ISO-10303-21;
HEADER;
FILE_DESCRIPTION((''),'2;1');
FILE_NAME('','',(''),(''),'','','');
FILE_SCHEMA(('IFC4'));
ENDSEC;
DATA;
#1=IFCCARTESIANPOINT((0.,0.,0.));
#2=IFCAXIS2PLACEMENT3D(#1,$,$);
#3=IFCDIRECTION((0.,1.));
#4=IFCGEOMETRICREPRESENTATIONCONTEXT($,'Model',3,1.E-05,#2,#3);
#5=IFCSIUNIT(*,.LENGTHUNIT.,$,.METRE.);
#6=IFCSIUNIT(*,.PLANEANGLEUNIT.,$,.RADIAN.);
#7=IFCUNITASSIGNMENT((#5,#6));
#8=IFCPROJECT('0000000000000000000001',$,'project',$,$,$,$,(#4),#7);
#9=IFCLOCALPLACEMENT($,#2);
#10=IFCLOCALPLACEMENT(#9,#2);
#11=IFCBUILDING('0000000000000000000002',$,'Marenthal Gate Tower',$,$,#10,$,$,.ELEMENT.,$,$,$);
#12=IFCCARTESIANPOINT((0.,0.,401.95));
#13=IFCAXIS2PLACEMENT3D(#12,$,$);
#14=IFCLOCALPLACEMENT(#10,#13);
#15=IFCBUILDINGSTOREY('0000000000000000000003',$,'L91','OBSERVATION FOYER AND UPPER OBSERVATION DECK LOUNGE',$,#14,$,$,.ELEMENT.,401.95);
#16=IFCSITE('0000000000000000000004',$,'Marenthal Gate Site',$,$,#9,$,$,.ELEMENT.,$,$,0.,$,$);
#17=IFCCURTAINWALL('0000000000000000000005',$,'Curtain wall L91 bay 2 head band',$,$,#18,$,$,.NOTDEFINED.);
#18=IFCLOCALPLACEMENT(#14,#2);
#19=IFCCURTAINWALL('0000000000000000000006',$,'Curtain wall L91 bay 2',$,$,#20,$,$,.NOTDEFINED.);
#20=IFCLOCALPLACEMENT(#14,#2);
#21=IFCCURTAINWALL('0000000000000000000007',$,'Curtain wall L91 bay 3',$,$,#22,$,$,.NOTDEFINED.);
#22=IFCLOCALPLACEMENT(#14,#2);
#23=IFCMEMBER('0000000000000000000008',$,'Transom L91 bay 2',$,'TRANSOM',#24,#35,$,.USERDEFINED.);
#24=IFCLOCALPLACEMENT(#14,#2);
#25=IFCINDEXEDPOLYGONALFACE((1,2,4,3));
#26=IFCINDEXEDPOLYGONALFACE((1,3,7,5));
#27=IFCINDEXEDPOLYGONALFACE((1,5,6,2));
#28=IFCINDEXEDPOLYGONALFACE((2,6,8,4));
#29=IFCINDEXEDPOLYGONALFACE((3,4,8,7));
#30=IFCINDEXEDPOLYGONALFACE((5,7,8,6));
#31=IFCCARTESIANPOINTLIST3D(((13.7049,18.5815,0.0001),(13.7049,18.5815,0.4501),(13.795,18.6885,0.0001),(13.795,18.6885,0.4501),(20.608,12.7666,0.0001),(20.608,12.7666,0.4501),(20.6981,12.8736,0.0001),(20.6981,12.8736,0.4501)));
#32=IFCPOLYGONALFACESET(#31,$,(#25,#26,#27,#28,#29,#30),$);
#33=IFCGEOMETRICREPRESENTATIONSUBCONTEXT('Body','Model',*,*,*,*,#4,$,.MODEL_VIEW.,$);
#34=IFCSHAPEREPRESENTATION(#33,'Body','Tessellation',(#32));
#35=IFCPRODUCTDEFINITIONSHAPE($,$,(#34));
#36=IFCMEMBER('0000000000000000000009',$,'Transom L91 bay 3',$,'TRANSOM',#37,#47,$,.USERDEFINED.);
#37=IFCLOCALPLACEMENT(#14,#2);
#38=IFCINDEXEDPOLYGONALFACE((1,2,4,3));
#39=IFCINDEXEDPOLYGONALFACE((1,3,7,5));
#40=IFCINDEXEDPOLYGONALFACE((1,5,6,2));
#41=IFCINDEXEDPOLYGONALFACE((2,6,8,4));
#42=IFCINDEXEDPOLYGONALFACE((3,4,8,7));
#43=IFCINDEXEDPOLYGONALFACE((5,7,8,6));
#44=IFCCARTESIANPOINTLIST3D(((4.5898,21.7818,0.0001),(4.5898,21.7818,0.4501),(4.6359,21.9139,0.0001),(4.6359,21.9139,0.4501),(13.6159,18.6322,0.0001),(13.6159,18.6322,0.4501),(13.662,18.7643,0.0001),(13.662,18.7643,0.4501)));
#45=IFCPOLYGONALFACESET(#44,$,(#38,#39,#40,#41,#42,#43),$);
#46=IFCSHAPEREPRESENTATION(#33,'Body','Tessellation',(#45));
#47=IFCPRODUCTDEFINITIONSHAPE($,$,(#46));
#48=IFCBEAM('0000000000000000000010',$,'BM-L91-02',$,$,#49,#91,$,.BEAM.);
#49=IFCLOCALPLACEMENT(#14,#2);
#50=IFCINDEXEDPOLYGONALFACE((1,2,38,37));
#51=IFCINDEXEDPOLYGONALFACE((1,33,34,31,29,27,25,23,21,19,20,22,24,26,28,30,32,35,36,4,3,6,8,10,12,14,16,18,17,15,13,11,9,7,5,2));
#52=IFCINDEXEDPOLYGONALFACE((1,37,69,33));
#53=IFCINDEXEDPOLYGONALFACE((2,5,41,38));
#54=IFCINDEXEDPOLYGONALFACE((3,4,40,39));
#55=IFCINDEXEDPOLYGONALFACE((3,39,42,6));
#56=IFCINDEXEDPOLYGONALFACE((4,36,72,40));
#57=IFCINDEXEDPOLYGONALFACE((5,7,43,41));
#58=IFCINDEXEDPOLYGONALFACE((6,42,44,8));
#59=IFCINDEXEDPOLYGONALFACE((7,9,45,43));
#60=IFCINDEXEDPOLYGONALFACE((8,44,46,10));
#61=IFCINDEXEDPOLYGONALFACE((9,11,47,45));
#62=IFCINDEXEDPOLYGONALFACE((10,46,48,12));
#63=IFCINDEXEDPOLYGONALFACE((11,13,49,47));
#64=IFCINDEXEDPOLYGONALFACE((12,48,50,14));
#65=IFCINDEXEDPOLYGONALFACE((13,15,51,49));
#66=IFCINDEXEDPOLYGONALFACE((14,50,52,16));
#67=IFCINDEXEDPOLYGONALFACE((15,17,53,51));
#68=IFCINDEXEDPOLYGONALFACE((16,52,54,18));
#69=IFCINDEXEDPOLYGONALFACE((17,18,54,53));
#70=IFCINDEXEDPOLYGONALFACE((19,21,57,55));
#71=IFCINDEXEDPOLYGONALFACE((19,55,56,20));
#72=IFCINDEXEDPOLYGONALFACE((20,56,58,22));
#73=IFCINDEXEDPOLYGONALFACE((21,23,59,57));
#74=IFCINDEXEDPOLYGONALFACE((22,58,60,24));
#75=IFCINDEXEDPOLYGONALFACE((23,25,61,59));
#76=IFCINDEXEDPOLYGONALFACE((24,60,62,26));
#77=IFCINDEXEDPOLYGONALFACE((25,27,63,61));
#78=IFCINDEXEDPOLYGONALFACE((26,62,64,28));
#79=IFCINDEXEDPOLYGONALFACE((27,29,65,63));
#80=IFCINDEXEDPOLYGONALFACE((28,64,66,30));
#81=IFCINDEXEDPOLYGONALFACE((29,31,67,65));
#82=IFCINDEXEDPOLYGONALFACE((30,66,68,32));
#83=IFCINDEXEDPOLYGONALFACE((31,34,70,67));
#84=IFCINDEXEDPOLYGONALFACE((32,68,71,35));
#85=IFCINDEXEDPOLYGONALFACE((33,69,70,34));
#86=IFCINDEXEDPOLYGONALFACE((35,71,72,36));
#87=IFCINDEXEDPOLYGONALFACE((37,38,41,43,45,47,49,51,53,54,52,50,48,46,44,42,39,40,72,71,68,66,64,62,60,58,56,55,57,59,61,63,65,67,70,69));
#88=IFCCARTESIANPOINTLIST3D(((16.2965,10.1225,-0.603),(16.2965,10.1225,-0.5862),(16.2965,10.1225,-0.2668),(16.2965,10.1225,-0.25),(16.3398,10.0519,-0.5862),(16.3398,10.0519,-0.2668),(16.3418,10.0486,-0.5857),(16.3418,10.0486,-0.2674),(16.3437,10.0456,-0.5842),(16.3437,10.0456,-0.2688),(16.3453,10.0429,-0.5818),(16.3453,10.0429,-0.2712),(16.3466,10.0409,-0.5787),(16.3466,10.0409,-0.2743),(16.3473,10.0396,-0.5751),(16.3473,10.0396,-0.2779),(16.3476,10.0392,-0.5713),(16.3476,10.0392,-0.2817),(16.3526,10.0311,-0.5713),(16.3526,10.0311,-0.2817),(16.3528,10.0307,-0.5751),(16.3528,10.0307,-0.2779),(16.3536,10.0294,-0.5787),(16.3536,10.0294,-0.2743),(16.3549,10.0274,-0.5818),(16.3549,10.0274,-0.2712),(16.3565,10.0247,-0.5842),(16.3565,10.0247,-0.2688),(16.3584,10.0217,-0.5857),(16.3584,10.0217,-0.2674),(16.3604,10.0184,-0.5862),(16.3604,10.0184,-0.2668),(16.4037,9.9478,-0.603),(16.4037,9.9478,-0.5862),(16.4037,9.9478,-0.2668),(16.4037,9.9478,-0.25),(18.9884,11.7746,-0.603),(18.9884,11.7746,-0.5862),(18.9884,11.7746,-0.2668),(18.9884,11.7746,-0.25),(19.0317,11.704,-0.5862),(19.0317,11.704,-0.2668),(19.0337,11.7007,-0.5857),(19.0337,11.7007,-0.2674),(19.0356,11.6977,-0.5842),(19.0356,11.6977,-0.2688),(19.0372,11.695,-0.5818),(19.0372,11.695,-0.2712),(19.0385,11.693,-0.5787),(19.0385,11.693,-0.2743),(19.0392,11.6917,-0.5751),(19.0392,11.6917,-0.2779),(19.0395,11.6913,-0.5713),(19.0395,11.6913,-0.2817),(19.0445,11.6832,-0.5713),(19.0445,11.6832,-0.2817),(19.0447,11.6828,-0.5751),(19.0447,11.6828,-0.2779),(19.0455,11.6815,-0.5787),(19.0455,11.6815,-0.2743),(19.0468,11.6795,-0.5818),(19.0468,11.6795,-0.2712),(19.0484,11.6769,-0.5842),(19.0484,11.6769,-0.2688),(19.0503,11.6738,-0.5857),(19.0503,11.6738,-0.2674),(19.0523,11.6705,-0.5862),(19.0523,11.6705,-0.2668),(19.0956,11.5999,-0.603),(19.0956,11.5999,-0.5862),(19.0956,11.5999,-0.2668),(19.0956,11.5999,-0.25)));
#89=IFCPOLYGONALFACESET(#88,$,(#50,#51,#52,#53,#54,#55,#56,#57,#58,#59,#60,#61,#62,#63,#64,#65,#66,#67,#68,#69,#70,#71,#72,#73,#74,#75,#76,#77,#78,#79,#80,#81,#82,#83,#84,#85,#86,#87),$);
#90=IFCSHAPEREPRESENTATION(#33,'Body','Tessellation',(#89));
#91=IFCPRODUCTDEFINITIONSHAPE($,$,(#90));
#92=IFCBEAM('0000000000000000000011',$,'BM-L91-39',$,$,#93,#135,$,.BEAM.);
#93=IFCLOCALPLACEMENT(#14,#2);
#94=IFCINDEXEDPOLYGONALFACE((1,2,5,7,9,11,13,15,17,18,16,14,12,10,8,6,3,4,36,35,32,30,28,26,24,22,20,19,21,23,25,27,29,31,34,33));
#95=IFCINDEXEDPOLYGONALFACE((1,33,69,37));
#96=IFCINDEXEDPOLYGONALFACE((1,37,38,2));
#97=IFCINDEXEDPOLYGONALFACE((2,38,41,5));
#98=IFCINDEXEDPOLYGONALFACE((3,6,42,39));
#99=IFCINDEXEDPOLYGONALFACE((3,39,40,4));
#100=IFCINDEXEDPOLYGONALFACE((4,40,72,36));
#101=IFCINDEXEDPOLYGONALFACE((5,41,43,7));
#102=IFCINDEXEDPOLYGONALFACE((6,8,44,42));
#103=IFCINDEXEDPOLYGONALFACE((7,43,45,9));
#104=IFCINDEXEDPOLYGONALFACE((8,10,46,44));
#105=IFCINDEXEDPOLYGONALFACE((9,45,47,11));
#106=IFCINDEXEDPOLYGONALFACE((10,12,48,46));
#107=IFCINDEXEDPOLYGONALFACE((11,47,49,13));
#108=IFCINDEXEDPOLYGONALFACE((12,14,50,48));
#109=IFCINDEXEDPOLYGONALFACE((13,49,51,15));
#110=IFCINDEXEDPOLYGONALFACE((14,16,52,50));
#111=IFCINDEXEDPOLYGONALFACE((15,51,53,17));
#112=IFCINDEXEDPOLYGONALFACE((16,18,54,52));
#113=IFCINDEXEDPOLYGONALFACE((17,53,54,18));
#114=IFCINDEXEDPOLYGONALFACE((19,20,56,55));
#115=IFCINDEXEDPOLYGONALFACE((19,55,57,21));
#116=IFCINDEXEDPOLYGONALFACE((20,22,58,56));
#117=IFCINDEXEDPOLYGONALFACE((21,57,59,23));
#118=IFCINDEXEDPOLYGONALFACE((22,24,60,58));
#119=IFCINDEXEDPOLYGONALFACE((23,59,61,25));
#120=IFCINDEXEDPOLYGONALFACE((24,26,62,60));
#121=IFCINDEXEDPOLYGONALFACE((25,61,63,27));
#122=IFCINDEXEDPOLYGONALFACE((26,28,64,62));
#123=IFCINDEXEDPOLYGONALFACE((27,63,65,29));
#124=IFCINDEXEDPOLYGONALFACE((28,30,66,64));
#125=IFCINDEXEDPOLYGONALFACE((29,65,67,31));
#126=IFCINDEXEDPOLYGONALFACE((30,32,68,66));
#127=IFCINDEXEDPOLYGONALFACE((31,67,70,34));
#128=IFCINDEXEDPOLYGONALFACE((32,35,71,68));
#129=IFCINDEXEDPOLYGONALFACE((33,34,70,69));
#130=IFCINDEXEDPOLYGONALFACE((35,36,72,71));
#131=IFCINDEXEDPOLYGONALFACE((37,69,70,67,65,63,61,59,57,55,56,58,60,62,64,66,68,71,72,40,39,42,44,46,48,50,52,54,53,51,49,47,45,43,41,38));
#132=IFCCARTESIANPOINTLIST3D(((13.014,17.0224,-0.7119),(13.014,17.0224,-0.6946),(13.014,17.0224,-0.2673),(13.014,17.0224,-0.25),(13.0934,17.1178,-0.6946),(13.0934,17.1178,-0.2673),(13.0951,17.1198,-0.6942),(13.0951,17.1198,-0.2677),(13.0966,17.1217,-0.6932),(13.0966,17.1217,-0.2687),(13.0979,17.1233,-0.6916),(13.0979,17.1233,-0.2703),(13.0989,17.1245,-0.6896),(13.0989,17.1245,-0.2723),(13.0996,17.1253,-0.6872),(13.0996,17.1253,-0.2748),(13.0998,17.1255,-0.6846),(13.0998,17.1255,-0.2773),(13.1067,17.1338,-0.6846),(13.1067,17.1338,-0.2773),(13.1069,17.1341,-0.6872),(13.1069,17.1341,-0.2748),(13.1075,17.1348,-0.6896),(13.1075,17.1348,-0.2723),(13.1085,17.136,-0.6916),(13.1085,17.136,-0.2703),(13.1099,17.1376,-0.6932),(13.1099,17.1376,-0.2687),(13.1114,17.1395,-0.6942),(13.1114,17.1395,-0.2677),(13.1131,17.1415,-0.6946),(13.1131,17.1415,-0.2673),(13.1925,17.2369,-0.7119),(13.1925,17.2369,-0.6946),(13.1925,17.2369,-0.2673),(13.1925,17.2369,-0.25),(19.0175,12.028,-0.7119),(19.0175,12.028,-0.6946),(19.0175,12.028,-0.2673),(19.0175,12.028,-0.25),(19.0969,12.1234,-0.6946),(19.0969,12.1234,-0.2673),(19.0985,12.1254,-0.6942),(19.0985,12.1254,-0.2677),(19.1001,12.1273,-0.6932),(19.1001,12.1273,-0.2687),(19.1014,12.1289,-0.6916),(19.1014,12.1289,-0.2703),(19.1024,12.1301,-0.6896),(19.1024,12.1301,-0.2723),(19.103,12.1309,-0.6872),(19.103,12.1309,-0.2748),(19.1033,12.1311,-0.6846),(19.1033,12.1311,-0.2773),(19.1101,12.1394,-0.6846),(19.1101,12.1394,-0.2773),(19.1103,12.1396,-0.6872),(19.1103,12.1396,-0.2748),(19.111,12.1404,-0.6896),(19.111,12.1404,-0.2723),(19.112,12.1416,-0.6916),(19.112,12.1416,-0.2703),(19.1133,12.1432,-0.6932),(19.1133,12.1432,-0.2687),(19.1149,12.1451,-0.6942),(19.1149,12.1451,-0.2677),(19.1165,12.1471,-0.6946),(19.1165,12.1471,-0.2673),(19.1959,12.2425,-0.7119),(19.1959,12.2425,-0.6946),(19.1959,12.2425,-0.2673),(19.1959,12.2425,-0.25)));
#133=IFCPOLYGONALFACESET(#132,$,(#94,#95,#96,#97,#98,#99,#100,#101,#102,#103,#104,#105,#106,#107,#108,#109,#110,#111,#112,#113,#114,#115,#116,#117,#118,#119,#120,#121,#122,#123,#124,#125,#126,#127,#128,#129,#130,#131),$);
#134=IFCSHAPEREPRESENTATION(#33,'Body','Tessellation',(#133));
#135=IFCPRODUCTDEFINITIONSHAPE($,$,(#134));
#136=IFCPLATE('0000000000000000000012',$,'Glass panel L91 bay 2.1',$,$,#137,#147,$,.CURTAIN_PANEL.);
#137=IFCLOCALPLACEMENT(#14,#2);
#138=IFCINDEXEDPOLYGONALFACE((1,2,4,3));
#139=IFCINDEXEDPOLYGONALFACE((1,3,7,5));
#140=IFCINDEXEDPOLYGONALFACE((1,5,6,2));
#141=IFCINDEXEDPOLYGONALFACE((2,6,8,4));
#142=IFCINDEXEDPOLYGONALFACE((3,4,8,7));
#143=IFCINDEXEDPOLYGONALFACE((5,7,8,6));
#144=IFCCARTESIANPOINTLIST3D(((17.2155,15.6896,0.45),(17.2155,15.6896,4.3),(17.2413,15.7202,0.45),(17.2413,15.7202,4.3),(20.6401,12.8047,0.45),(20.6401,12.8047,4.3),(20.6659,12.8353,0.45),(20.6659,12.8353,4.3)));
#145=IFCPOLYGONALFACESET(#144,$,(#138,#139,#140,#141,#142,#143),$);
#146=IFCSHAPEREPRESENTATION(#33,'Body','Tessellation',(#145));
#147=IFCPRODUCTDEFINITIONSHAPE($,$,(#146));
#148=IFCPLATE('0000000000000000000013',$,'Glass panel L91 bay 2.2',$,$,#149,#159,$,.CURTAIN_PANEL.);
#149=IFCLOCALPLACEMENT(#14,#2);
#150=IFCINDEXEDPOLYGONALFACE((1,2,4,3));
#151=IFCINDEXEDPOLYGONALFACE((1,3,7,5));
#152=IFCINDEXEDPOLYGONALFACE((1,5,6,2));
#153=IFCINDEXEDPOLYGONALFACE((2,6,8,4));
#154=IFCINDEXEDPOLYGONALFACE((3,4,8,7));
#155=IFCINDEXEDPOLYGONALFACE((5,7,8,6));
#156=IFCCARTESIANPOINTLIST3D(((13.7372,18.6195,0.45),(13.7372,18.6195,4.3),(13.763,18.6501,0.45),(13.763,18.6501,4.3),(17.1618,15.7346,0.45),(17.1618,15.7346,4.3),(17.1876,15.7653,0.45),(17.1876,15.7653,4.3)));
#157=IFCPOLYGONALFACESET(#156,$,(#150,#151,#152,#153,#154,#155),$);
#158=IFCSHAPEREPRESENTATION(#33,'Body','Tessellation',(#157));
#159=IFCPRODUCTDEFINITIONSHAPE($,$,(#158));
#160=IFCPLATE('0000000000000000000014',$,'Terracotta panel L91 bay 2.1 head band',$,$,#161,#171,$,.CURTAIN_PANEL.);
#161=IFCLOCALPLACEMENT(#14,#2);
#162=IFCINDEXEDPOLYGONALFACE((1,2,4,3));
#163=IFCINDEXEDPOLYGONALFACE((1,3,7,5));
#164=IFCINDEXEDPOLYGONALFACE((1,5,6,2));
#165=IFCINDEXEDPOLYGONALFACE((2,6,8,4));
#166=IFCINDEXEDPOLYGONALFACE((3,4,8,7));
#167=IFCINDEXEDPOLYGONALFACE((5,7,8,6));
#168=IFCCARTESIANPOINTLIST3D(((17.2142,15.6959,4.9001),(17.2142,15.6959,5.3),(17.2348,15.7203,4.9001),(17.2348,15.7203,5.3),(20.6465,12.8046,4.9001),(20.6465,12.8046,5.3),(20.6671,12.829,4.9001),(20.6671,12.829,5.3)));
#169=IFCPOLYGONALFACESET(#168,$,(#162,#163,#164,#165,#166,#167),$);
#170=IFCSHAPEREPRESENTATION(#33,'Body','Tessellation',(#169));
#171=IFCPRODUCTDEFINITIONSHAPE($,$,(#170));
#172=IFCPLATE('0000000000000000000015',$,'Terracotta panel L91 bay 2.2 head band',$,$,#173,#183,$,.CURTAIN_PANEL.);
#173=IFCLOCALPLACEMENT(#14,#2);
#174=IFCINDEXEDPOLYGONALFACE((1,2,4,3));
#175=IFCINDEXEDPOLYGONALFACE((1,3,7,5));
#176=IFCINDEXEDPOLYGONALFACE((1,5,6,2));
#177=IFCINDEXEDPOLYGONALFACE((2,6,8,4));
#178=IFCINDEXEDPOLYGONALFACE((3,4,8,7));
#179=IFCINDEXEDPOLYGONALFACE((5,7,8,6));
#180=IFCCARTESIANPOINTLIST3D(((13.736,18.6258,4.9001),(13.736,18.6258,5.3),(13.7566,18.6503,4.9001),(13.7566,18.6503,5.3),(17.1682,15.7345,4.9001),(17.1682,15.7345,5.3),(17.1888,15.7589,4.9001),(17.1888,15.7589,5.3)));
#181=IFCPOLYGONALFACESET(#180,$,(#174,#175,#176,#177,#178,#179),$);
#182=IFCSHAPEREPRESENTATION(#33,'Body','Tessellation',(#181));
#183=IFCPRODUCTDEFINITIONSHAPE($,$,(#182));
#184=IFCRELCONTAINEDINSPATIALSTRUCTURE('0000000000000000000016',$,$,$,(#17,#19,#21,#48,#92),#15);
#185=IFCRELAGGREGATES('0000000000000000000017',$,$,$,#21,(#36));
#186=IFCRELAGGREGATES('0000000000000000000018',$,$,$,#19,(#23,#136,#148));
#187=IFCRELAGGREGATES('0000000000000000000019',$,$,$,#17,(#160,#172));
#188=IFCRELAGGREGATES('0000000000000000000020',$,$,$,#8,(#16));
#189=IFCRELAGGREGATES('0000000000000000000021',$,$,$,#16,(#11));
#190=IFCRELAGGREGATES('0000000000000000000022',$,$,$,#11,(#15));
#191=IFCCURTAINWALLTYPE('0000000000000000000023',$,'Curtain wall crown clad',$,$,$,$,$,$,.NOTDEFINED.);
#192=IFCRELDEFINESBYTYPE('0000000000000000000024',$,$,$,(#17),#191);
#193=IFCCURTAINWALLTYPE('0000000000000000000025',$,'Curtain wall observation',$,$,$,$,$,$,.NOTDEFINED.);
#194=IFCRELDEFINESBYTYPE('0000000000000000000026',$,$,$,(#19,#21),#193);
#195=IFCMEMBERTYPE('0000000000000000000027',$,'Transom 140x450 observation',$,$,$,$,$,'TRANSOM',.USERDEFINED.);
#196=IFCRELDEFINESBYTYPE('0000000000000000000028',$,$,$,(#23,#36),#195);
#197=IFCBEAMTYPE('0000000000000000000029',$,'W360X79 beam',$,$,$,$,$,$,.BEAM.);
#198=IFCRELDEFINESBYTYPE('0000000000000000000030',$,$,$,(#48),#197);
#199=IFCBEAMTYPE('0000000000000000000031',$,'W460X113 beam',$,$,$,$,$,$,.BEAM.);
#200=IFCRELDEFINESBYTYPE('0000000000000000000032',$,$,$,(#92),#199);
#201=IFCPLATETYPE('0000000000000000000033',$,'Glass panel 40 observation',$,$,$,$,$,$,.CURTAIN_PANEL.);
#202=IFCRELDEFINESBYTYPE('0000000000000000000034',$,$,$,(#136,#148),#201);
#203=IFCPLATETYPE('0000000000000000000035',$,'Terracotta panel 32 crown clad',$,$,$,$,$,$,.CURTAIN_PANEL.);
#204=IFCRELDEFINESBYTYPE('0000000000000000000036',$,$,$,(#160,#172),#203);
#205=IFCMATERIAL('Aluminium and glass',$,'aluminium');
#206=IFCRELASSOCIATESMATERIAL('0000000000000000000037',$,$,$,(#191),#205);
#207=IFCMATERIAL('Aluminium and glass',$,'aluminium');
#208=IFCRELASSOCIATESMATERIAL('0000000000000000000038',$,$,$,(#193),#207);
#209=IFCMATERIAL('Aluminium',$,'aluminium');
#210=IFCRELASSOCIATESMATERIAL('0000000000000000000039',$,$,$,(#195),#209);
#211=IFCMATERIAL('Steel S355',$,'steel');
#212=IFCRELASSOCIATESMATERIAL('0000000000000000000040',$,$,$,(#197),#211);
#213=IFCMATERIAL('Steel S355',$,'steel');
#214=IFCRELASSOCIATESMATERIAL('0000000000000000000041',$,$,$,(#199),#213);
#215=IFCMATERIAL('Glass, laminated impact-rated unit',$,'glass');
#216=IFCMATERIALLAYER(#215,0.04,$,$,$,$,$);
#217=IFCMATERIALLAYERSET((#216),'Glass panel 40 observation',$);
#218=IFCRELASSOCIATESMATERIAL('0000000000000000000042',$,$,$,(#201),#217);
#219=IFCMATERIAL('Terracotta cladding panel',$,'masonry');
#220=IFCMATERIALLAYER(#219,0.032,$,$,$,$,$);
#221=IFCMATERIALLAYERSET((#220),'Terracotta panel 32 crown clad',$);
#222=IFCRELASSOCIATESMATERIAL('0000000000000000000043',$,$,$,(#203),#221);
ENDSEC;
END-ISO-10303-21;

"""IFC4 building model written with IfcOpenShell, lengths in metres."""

from ifc_helpers import new_model, si_unit, direction, frame, origin, origin_2d, place, context, subcontext, project, spatial, rectangle, i_section, extrude, material, layer, layer_set, material_profile, profile_set, type_object, element, aggregate, save


model = new_model("IFC4")

# Units and contexts
model_context = context("Model", 3, precision=1e-05, world=origin(), true_north=direction((0.0, 1.0)))
body_context = subcontext(model_context, "Body", "Model", "MODEL_VIEW")
ifc_project = project(units=[si_unit("LENGTHUNIT", "METRE"), si_unit("PLANEANGLEUNIT", "RADIAN")], contexts=[model_context])

# Site, building, storey
site_placement = place(None, origin())
site = spatial("IfcSite", under=ifc_project, at=site_placement, Name="Marenthal Gate Site", CompositionType="ELEMENT", RefElevation=0.0)
building_placement = place(site_placement, origin())
building = spatial("IfcBuilding", under=site, at=building_placement, Name="Marenthal Gate Tower", CompositionType="ELEMENT")
storey_placement = place(building_placement, frame((0.0, 0.0, 401.95)))
storey = spatial("IfcBuildingStorey", under=building, at=storey_placement, Name="L91", Description="OBSERVATION FOYER AND UPPER OBSERVATION DECK LOUNGE", CompositionType="ELEMENT", Elevation=401.95)

# Shared definitions
ifc_material_1 = material(Name="Aluminium and glass", Category="aluminium")
curtain_wall_type_1 = type_object("IfcCurtainWallType", Name="Curtain wall crown clad", PredefinedType="NOTDEFINED", material=ifc_material_1)

# Curtain wall
curtain_wall_1_placement = place(storey_placement, origin())
curtain_wall_1 = element("IfcCurtainWall", 1, at=curtain_wall_1_placement, inside=storey, type_object=curtain_wall_type_1, Name="Curtain wall L91 bay 2 head band", PredefinedType="NOTDEFINED")

# Shared definitions
ifc_material_2 = material(Name="Aluminium and glass", Category="aluminium")
curtain_wall_type_2 = type_object("IfcCurtainWallType", Name="Curtain wall observation", PredefinedType="NOTDEFINED", material=ifc_material_2)

# Curtain wall
curtain_wall_2_placement = place(storey_placement, origin())
curtain_wall_2 = element("IfcCurtainWall", 2, at=curtain_wall_2_placement, inside=storey, type_object=curtain_wall_type_2, Name="Curtain wall L91 bay 2", PredefinedType="NOTDEFINED")

# Curtain wall
curtain_wall_3_placement = place(storey_placement, origin())
curtain_wall_3 = element("IfcCurtainWall", 3, at=curtain_wall_3_placement, inside=storey, type_object=curtain_wall_type_2, Name="Curtain wall L91 bay 3", PredefinedType="NOTDEFINED")

# Members
ifc_material_3 = material(Name="Aluminium", Category="aluminium")
ifc_material_profile_1 = material_profile(ifc_material_3, rectangle(XDim=0.1399, YDim=0.45, at=origin_2d()), Name="140x450 aluminium transom")
ifc_profile_set_1 = profile_set([ifc_material_profile_1], Name="Aluminium")
member_type_1 = type_object("IfcMemberType", Name="Transom 140x450 observation", ElementType="TRANSOM", PredefinedType="USERDEFINED", material=ifc_profile_set_1)
member_1_placement = place(storey_placement, frame((20.6531, 12.8201, 0.2251), z_axis=(-0.764812, 0.644254, 0.0), x_axis=(-0.644254, -0.764812, 0.0)))
member_1 = element("IfcMember", 4, at=member_1_placement, type_object=member_type_1, Name="Transom L91 bay 2", ObjectType="TRANSOM", PredefinedType="USERDEFINED", context=body_context, shape_type="SweptSolid", body=[
    extrude(rectangle(XDim=0.1399, YDim=0.45, at=origin_2d()), origin(), (0.0, 0.0, 1.0), 9.0259),
])
member_2_placement = place(storey_placement, frame((13.6389, 18.6982, 0.2251), z_axis=(-0.944167, 0.329466, 0.0), x_axis=(-0.329466, -0.944167, 0.0)))
member_2 = element("IfcMember", 5, at=member_2_placement, type_object=member_type_1, Name="Transom L91 bay 3", ObjectType="TRANSOM", PredefinedType="USERDEFINED", context=body_context, shape_type="SweptSolid", body=[
    extrude(rectangle(XDim=0.1399, YDim=0.45, at=origin_2d()), origin(), (0.0, 0.0, 1.0), 9.5598),
])
aggregate(curtain_wall_3, [member_2])

# Beams
ifc_material_4 = material(Name="Steel S355", Category="steel")
ifc_material_profile_2 = material_profile(ifc_material_4, i_section(OverallWidth=0.2051, OverallDepth=0.353, WebThickness=0.0095, FlangeThickness=0.0168, FilletRadius=0.0149, at=origin_2d()), Name="W360X79")
ifc_profile_set_2 = profile_set([ifc_material_profile_2], Name="Steel S355")
beam_type_1 = type_object("IfcBeamType", Name="W360X79 beam", PredefinedType="BEAM", material=ifc_profile_set_2)
beam_1_placement = place(storey_placement, frame((19.042, 11.6873, -0.4265), z_axis=(-0.852287, -0.523075, 0.0), x_axis=(0.523075, -0.852287, 0.0)))
element("IfcBeam", 6, at=beam_1_placement, inside=storey, type_object=beam_type_1, Name="BM-L91-02", PredefinedType="BEAM", context=body_context, shape_type="SweptSolid", body=[
    extrude(i_section(OverallWidth=0.2051, OverallDepth=0.353, WebThickness=0.0095, FlangeThickness=0.0168, FilletRadius=0.0149, at=origin_2d()), origin(), (0.0, 0.0, 1.0), 3.1584),
])
ifc_material_5 = material(Name="Steel S355", Category="steel")
ifc_material_profile_3 = material_profile(ifc_material_5, i_section(OverallWidth=0.2791, OverallDepth=0.4619, WebThickness=0.0107, FlangeThickness=0.0173, FilletRadius=0.01, at=origin_2d()), Name="W460X113")
ifc_profile_set_3 = profile_set([ifc_material_profile_3], Name="Steel S355")
beam_type_2 = type_object("IfcBeamType", Name="W460X113 beam", PredefinedType="BEAM", material=ifc_profile_set_3)
beam_2_placement = place(storey_placement, frame((19.1067, 12.1353, -0.481), z_axis=(-0.768754, 0.639545, 0.0), x_axis=(-0.639545, -0.768754, 0.0)))
element("IfcBeam", 7, at=beam_2_placement, inside=storey, type_object=beam_type_2, Name="BM-L91-39", PredefinedType="BEAM", context=body_context, shape_type="SweptSolid", body=[
    extrude(i_section(OverallWidth=0.2791, OverallDepth=0.4619, WebThickness=0.0107, FlangeThickness=0.0173, FilletRadius=0.01, at=origin_2d()), origin(), (0.0, 0.0, 1.0), 7.8093),
])

# Plates
ifc_material_6 = material(Name="Glass, laminated impact-rated unit", Category="glass")
ifc_layer_1 = layer(ifc_material_6, 0.04)
ifc_layer_set_1 = layer_set([ifc_layer_1], Name="Glass panel 40 observation")
plate_type_1 = type_object("IfcPlateType", Name="Glass panel 40 observation", PredefinedType="CURTAIN_PANEL", material=ifc_layer_set_1)
plate_1_placement = place(storey_placement, frame((18.9407, 14.2625, 0.45), z_axis=(0.0, 0.0, 1.0), x_axis=(-0.764802, 0.644265, 0.0)))
plate_1 = element("IfcPlate", 8, at=plate_1_placement, type_object=plate_type_1, Name="Glass panel L91 bay 2.1", PredefinedType="CURTAIN_PANEL", context=body_context, shape_type="SweptSolid", body=[
    extrude(rectangle(XDim=4.4778, YDim=0.04, at=origin_2d()), origin(), (0.0, 0.0, 1.0), 3.8501),
])
plate_2_placement = place(storey_placement, frame((15.4624, 17.1924, 0.45), z_axis=(0.0, 0.0, 1.0), x_axis=(-0.764802, 0.644265, 0.0)))
plate_2 = element("IfcPlate", 9, at=plate_2_placement, type_object=plate_type_1, Name="Glass panel L91 bay 2.2", PredefinedType="CURTAIN_PANEL", context=body_context, shape_type="SweptSolid", body=[
    extrude(rectangle(XDim=4.4778, YDim=0.04, at=origin_2d()), origin(), (0.0, 0.0, 1.0), 3.8501),
])
aggregate(curtain_wall_2, [member_1, plate_1, plate_2])
ifc_material_7 = material(Name="Terracotta cladding panel", Category="masonry")
ifc_layer_2 = layer(ifc_material_7, 0.032)
ifc_layer_set_2 = layer_set([ifc_layer_2], Name="Terracotta panel 32 crown clad")
plate_type_2 = type_object("IfcPlateType", Name="Terracotta panel 32 crown clad", PredefinedType="CURTAIN_PANEL", material=ifc_layer_set_2)
plate_3_placement = place(storey_placement, frame((18.9407, 14.2625, 4.9001), z_axis=(0.0, 0.0, 1.0), x_axis=(-0.764802, 0.644265, 0.0)))
plate_3 = element("IfcPlate", 10, at=plate_3_placement, type_object=plate_type_2, Name="Terracotta panel L91 bay 2.1 head band", PredefinedType="CURTAIN_PANEL", context=body_context, shape_type="SweptSolid", body=[
    extrude(rectangle(XDim=4.4878, YDim=0.032, at=origin_2d()), origin(), (0.0, 0.0, 1.0), 0.3999),
])
plate_4_placement = place(storey_placement, frame((15.4624, 17.1924, 4.9001), z_axis=(0.0, 0.0, 1.0), x_axis=(-0.764802, 0.644265, 0.0)))
plate_4 = element("IfcPlate", 11, at=plate_4_placement, type_object=plate_type_2, Name="Terracotta panel L91 bay 2.2 head band", PredefinedType="CURTAIN_PANEL", context=body_context, shape_type="SweptSolid", body=[
    extrude(rectangle(XDim=4.4878, YDim=0.032, at=origin_2d()), origin(), (0.0, 0.0, 1.0), 0.3999),
])
aggregate(curtain_wall_1, [plate_3, plate_4])

save(model, "model.ifc")
